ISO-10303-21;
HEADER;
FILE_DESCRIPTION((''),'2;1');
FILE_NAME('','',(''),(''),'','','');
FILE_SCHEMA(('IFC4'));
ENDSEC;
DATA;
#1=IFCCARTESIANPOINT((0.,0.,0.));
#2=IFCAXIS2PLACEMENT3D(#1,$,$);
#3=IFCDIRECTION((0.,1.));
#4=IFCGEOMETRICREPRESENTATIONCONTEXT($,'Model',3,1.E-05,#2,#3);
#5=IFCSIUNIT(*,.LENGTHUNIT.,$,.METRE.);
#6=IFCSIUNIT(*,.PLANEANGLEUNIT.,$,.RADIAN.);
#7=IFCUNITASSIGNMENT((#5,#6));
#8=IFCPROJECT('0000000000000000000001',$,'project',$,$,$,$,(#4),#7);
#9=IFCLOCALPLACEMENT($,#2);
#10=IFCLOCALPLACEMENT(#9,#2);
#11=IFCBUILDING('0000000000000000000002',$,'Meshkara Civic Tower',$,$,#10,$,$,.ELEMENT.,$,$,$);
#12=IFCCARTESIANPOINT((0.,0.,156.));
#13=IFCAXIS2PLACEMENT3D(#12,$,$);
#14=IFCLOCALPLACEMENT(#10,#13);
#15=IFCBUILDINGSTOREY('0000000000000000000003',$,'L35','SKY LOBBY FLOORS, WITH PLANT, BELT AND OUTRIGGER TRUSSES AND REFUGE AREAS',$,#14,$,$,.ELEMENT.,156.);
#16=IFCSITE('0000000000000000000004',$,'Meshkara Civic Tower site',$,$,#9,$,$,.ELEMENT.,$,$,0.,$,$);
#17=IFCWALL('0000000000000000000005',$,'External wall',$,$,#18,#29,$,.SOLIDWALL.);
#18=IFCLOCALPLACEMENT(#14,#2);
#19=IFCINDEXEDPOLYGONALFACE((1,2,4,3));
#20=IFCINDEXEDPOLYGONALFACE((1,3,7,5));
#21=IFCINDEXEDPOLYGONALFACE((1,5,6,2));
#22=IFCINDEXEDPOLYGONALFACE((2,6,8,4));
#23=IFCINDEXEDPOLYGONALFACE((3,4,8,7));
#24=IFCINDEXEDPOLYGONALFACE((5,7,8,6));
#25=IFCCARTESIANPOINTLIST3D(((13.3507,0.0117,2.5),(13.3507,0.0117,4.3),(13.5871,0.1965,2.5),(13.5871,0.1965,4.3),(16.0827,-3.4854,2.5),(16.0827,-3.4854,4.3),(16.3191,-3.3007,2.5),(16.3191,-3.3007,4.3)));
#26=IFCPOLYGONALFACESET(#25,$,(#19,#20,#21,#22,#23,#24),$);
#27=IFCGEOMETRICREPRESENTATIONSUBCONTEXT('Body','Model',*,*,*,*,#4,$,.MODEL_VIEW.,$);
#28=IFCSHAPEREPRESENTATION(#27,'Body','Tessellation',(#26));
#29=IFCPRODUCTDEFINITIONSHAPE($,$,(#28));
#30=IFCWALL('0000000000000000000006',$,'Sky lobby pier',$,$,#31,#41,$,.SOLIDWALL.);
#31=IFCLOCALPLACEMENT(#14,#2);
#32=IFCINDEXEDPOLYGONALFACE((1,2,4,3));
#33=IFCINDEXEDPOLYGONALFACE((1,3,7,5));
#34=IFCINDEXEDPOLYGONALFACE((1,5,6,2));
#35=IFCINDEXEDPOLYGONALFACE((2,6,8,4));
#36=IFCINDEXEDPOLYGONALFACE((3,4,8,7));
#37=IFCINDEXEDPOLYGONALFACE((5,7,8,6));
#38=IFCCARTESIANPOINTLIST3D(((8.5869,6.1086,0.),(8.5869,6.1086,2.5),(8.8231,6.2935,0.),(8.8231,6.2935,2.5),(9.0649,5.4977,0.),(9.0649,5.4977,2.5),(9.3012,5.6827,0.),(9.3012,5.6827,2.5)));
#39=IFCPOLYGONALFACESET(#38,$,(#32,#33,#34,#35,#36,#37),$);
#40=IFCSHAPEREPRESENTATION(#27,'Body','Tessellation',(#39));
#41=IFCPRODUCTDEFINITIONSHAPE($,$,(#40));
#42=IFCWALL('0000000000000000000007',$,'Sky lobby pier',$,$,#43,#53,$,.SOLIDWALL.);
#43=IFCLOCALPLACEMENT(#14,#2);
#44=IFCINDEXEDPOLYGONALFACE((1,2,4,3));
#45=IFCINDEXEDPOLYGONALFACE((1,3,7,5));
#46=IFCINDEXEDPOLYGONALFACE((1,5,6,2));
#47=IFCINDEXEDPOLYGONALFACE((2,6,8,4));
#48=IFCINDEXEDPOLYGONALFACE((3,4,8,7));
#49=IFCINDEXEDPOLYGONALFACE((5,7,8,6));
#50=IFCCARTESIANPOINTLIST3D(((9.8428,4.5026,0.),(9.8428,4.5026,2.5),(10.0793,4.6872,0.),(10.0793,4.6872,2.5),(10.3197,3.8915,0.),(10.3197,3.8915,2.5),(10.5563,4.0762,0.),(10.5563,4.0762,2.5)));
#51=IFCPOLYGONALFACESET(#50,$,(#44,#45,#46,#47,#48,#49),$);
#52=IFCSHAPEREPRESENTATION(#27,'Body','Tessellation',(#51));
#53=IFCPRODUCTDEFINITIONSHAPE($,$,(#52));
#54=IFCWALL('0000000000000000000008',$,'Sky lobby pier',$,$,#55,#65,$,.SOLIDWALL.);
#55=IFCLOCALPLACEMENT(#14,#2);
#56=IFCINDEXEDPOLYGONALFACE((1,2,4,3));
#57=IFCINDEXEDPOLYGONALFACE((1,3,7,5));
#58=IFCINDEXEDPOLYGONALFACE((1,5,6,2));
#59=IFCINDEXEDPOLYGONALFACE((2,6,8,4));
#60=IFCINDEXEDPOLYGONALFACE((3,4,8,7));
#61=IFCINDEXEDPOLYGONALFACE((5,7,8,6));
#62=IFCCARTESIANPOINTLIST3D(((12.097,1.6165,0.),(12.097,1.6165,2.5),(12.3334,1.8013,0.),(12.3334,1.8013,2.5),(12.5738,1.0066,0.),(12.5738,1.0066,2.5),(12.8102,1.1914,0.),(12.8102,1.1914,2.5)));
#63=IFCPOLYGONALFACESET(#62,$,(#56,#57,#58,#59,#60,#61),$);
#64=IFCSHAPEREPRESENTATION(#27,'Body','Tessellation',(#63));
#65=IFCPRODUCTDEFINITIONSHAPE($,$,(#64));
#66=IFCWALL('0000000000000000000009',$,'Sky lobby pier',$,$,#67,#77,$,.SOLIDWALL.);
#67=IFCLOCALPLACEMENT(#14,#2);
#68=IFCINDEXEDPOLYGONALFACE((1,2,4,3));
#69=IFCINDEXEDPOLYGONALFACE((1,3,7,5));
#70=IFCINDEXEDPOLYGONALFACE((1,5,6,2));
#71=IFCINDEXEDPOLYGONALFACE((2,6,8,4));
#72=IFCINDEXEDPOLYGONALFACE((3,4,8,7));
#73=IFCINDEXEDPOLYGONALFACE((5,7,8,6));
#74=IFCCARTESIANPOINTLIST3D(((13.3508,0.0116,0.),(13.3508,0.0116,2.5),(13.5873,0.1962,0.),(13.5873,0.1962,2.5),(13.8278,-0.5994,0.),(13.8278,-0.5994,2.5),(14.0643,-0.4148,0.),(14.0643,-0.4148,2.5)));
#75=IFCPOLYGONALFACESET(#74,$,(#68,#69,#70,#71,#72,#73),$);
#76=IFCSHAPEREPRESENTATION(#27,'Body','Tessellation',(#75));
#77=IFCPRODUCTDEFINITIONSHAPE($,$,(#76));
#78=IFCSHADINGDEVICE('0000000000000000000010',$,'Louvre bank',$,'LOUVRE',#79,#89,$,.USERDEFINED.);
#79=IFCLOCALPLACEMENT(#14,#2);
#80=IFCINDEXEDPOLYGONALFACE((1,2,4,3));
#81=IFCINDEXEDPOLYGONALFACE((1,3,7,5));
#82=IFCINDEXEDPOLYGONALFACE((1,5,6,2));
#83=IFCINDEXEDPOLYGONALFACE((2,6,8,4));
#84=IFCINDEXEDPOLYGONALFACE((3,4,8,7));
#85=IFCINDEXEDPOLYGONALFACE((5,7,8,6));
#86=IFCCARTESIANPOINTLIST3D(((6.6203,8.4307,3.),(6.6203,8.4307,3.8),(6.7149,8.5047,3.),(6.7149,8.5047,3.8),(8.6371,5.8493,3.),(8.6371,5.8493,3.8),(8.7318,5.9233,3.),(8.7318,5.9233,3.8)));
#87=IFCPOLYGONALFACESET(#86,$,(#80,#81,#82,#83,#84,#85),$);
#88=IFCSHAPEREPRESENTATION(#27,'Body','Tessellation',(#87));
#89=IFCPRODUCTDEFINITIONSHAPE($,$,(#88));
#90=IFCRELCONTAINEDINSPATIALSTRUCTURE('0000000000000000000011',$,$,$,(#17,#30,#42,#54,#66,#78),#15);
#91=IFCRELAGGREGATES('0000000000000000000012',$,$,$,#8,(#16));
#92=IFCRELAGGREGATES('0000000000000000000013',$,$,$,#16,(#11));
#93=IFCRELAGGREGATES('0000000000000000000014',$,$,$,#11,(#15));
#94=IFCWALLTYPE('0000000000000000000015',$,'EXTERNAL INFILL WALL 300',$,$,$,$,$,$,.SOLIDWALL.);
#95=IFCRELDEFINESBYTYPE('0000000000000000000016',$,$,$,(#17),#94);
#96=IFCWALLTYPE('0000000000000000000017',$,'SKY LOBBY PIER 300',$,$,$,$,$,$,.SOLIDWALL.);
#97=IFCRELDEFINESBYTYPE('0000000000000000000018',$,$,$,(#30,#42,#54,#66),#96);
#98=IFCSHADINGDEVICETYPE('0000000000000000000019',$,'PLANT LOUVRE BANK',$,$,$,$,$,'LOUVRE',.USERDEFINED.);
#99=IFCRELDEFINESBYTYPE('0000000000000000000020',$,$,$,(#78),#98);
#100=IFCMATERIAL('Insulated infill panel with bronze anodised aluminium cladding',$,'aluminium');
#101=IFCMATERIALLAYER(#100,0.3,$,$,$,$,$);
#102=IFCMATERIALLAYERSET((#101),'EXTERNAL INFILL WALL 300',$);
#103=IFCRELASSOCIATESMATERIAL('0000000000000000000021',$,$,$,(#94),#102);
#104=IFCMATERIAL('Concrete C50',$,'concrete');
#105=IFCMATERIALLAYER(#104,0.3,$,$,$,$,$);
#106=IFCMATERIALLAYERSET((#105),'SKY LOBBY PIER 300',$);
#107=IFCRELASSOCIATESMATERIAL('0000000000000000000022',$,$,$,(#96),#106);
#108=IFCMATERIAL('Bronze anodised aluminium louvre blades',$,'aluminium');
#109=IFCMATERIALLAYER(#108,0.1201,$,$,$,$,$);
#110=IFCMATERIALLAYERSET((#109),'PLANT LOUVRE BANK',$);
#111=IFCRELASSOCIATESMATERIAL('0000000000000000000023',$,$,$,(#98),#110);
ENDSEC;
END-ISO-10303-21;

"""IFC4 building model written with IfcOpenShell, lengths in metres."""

from ifc_helpers import new_model, si_unit, direction, frame, frame_2d, origin, origin_2d, place, context, subcontext, project, spatial, rectangle, extrude, material, layer, layer_set, type_object, element, save


model = new_model("IFC4")

# Units and contexts
model_context = context("Model", 3, precision=1e-05, world=origin(), true_north=direction((0.0, 1.0)))
body_context = subcontext(model_context, "Body", "Model", "MODEL_VIEW")
ifc_project = project(units=[si_unit("LENGTHUNIT", "METRE"), si_unit("PLANEANGLEUNIT", "RADIAN")], contexts=[model_context])

# Site, building, storey
site_placement = place(None, origin())
site = spatial("IfcSite", under=ifc_project, at=site_placement, Name="Meshkara Civic Tower site", CompositionType="ELEMENT", RefElevation=0.0)
building_placement = place(site_placement, origin())
building = spatial("IfcBuilding", under=site, at=building_placement, Name="Meshkara Civic Tower", CompositionType="ELEMENT")
storey_placement = place(building_placement, frame((0.0, 0.0, 156.0)))
storey = spatial("IfcBuildingStorey", under=building, at=storey_placement, Name="L35", Description="SKY LOBBY FLOORS, WITH PLANT, BELT AND OUTRIGGER TRUSSES AND REFUGE AREAS", CompositionType="ELEMENT", Elevation=156.0)

# Walls
ifc_material_1 = material(Name="Insulated infill panel with bronze anodised aluminium cladding", Category="aluminium")
ifc_layer_1 = layer(ifc_material_1, 0.3)
ifc_layer_set_1 = layer_set([ifc_layer_1], Name="EXTERNAL INFILL WALL 300")
wall_type_1 = type_object("IfcWallType", Name="EXTERNAL INFILL WALL 300", PredefinedType="SOLIDWALL", material=ifc_layer_set_1)
wall_1_placement = place(storey_placement, frame((13.469, 0.104, 2.5), z_axis=(0.0, 0.0, 1.0), x_axis=(0.615623, -0.788041, 0.0)))
element("IfcWall", 1, at=wall_1_placement, inside=storey, type_object=wall_type_1, Name="External wall", PredefinedType="SOLIDWALL", context=body_context, shape_type="SweptSolid", body=[
    extrude(rectangle(XDim=4.4377, YDim=0.3, at=frame_2d((2.2188, 0.0))), origin(), (0.0, 0.0, 1.0), 1.8),
])
ifc_material_2 = material(Name="Concrete C50", Category="concrete")
ifc_layer_2 = layer(ifc_material_2, 0.3)
ifc_layer_set_2 = layer_set([ifc_layer_2], Name="SKY LOBBY PIER 300")
wall_type_2 = type_object("IfcWallType", Name="SKY LOBBY PIER 300", PredefinedType="SOLIDWALL", material=ifc_layer_set_2)
wall_2_placement = place(storey_placement, frame((8.7051, 6.2009, 0.0), z_axis=(0.0, 0.0, 1.0), x_axis=(0.616291, -0.787518, 0.0)))
element("IfcWall", 2, at=wall_2_placement, inside=storey, type_object=wall_type_2, Name="Sky lobby pier", PredefinedType="SOLIDWALL", context=body_context, shape_type="SweptSolid", body=[
    extrude(rectangle(XDim=0.7756, YDim=0.3, at=frame_2d((0.3877, 0.0))), origin(), (0.0, 0.0, 1.0), 2.5),
])
wall_3_placement = place(storey_placement, frame((9.9609, 4.595, 0.0), z_axis=(0.0, 0.0, 1.0), x_axis=(0.615357, -0.788249, 0.0)))
element("IfcWall", 3, at=wall_3_placement, inside=storey, type_object=wall_type_2, Name="Sky lobby pier", PredefinedType="SOLIDWALL", context=body_context, shape_type="SweptSolid", body=[
    extrude(rectangle(XDim=0.7751, YDim=0.3, at=frame_2d((0.3877, 0.0))), origin(), (0.0, 0.0, 1.0), 2.5),
])
wall_4_placement = place(storey_placement, frame((12.2151, 1.709, 0.0), z_axis=(0.0, 0.0, 1.0), x_axis=(0.615926, -0.787804, 0.0)))
element("IfcWall", 4, at=wall_4_placement, inside=storey, type_object=wall_type_2, Name="Sky lobby pier", PredefinedType="SOLIDWALL", context=body_context, shape_type="SweptSolid", body=[
    extrude(rectangle(XDim=0.7742, YDim=0.3, at=frame_2d((0.3872, 0.0))), origin(), (0.0, 0.0, 1.0), 2.5),
])
wall_5_placement = place(storey_placement, frame((13.469, 0.104, 0.0), z_axis=(0.0, 0.0, 1.0), x_axis=(0.615357, -0.788249, 0.0)))
element("IfcWall", 5, at=wall_5_placement, inside=storey, type_object=wall_type_2, Name="Sky lobby pier", PredefinedType="SOLIDWALL", context=body_context, shape_type="SweptSolid", body=[
    extrude(rectangle(XDim=0.7751, YDim=0.3, at=frame_2d((0.3877, 0.0))), origin(), (0.0, 0.0, 1.0), 2.5),
])

# Shading device
ifc_material_3 = material(Name="Bronze anodised aluminium louvre blades", Category="aluminium")
ifc_layer_3 = layer(ifc_material_3, 0.1201)
ifc_layer_set_3 = layer_set([ifc_layer_3], Name="PLANT LOUVRE BANK")
shading_device_type = type_object("IfcShadingDeviceType", Name="PLANT LOUVRE BANK", ElementType="LOUVRE", PredefinedType="USERDEFINED", material=ifc_layer_set_3)
shading_device_placement = place(storey_placement, frame((7.676, 7.177, 3.0), z_axis=(0.0, 0.0, 1.0), x_axis=(0.615661, -0.788011, 0.0)))
element("IfcShadingDevice", 6, at=shading_device_placement, inside=storey, type_object=shading_device_type, Name="Louvre bank", ObjectType="LOUVRE", PredefinedType="USERDEFINED", context=body_context, shape_type="SweptSolid", body=[
    extrude(rectangle(XDim=3.2759, YDim=0.1201, at=origin_2d()), origin(), (0.0, 0.0, 1.0), 0.8),
])

save(model, "model.ifc")
